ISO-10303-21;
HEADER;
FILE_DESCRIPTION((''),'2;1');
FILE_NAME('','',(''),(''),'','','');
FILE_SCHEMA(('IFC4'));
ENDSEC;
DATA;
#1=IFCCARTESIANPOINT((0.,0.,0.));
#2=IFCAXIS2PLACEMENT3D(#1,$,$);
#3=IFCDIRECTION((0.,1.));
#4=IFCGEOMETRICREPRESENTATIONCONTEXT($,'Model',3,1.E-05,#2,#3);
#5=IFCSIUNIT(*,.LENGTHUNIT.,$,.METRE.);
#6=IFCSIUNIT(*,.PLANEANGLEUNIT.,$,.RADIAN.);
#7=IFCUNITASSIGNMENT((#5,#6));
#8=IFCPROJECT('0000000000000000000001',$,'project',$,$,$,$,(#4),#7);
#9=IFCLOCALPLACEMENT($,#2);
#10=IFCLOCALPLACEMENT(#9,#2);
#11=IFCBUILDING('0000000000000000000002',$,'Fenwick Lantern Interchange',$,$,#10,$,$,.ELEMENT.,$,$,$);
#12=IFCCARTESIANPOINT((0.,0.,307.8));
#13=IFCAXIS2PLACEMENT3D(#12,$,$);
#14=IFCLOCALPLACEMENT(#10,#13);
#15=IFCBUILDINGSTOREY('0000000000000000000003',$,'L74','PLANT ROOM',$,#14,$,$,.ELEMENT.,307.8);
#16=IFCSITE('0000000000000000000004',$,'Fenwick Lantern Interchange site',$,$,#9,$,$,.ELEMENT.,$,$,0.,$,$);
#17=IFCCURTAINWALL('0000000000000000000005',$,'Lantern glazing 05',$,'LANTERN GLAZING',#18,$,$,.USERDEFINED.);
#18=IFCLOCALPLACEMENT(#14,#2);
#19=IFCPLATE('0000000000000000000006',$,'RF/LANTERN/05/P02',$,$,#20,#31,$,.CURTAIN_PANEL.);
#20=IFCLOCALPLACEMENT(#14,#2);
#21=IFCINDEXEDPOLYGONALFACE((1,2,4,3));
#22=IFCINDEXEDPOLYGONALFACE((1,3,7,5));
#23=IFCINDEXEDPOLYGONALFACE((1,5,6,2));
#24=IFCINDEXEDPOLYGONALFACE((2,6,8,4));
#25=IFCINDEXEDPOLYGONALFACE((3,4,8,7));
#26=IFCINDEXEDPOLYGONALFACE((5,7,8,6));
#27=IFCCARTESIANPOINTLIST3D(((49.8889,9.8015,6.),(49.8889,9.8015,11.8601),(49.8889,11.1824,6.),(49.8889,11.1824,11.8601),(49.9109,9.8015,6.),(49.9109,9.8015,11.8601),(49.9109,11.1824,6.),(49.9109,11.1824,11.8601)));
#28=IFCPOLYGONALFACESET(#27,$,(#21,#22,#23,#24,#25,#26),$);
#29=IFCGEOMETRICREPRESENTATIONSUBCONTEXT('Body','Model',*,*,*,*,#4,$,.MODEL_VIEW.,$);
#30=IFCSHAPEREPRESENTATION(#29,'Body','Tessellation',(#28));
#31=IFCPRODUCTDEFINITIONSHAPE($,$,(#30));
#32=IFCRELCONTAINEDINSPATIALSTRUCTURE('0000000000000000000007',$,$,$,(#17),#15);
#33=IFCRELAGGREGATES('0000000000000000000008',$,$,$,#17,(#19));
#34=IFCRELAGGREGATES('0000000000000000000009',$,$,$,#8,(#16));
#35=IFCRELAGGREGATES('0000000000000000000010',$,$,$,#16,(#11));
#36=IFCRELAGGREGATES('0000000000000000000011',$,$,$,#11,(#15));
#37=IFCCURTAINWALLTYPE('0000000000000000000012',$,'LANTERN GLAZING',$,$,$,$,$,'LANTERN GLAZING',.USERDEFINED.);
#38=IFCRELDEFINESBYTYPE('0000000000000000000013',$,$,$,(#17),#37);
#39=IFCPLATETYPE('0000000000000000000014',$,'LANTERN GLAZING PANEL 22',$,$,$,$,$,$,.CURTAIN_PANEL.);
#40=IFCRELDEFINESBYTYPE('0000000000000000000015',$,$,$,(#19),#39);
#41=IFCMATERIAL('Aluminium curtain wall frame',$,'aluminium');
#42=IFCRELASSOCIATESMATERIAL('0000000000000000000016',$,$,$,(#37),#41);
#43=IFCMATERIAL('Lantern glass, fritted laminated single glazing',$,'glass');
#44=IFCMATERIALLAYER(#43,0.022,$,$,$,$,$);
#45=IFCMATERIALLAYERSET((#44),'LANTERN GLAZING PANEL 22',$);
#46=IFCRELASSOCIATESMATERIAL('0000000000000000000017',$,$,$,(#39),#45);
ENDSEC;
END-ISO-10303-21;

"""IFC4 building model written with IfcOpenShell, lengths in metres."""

from ifc_helpers import new_model, si_unit, direction, frame, origin, origin_2d, place, context, subcontext, project, spatial, rectangle, extrude, material, layer, layer_set, type_object, element, aggregate, save


model = new_model("IFC4")

# Units and contexts
model_context = context("Model", 3, precision=1e-05, world=origin(), true_north=direction((0.0, 1.0)))
body_context = subcontext(model_context, "Body", "Model", "MODEL_VIEW")
ifc_project = project(units=[si_unit("LENGTHUNIT", "METRE"), si_unit("PLANEANGLEUNIT", "RADIAN")], contexts=[model_context])

# Site, building, storey
site_placement = place(None, origin())
site = spatial("IfcSite", under=ifc_project, at=site_placement, Name="Fenwick Lantern Interchange site", CompositionType="ELEMENT", RefElevation=0.0)
building_placement = place(site_placement, origin())
building = spatial("IfcBuilding", under=site, at=building_placement, Name="Fenwick Lantern Interchange", CompositionType="ELEMENT")
storey_placement = place(building_placement, frame((0.0, 0.0, 307.8)))
storey = spatial("IfcBuildingStorey", under=building, at=storey_placement, Name="L74", Description="PLANT ROOM", CompositionType="ELEMENT", Elevation=307.8)

# Shared definitions
ifc_material_1 = material(Name="Aluminium curtain wall frame", Category="aluminium")
curtain_wall_type = type_object("IfcCurtainWallType", Name="LANTERN GLAZING", ElementType="LANTERN GLAZING", PredefinedType="USERDEFINED", material=ifc_material_1)

# Curtain wall
curtain_wall_1_placement = place(storey_placement, origin())
curtain_wall_1 = element("IfcCurtainWall", 1, at=curtain_wall_1_placement, inside=storey, type_object=curtain_wall_type, Name="Lantern glazing 05", ObjectType="LANTERN GLAZING", PredefinedType="USERDEFINED")

# Plate
ifc_material_2 = material(Name="Lantern glass, fritted laminated single glazing", Category="glass")
ifc_layer = layer(ifc_material_2, 0.022)
ifc_layer_set = layer_set([ifc_layer], Name="LANTERN GLAZING PANEL 22")
plate_type = type_object("IfcPlateType", Name="LANTERN GLAZING PANEL 22", PredefinedType="CURTAIN_PANEL", material=ifc_layer_set)
plate_1_placement = place(storey_placement, frame((49.8999, 10.4919, 6.0), z_axis=(0.0, 0.0, 1.0), x_axis=(0.0, 1.0, 0.0)))
plate_1 = element("IfcPlate", 2, at=plate_1_placement, type_object=plate_type, Name="RF/LANTERN/05/P02", PredefinedType="CURTAIN_PANEL", context=body_context, shape_type="SweptSolid", body=[
    extrude(rectangle(XDim=1.3809, YDim=0.022, at=origin_2d()), origin(), (0.0, 0.0, 1.0), 5.8601),
])
aggregate(curtain_wall_1, [plate_1])

save(model, "model.ifc")
